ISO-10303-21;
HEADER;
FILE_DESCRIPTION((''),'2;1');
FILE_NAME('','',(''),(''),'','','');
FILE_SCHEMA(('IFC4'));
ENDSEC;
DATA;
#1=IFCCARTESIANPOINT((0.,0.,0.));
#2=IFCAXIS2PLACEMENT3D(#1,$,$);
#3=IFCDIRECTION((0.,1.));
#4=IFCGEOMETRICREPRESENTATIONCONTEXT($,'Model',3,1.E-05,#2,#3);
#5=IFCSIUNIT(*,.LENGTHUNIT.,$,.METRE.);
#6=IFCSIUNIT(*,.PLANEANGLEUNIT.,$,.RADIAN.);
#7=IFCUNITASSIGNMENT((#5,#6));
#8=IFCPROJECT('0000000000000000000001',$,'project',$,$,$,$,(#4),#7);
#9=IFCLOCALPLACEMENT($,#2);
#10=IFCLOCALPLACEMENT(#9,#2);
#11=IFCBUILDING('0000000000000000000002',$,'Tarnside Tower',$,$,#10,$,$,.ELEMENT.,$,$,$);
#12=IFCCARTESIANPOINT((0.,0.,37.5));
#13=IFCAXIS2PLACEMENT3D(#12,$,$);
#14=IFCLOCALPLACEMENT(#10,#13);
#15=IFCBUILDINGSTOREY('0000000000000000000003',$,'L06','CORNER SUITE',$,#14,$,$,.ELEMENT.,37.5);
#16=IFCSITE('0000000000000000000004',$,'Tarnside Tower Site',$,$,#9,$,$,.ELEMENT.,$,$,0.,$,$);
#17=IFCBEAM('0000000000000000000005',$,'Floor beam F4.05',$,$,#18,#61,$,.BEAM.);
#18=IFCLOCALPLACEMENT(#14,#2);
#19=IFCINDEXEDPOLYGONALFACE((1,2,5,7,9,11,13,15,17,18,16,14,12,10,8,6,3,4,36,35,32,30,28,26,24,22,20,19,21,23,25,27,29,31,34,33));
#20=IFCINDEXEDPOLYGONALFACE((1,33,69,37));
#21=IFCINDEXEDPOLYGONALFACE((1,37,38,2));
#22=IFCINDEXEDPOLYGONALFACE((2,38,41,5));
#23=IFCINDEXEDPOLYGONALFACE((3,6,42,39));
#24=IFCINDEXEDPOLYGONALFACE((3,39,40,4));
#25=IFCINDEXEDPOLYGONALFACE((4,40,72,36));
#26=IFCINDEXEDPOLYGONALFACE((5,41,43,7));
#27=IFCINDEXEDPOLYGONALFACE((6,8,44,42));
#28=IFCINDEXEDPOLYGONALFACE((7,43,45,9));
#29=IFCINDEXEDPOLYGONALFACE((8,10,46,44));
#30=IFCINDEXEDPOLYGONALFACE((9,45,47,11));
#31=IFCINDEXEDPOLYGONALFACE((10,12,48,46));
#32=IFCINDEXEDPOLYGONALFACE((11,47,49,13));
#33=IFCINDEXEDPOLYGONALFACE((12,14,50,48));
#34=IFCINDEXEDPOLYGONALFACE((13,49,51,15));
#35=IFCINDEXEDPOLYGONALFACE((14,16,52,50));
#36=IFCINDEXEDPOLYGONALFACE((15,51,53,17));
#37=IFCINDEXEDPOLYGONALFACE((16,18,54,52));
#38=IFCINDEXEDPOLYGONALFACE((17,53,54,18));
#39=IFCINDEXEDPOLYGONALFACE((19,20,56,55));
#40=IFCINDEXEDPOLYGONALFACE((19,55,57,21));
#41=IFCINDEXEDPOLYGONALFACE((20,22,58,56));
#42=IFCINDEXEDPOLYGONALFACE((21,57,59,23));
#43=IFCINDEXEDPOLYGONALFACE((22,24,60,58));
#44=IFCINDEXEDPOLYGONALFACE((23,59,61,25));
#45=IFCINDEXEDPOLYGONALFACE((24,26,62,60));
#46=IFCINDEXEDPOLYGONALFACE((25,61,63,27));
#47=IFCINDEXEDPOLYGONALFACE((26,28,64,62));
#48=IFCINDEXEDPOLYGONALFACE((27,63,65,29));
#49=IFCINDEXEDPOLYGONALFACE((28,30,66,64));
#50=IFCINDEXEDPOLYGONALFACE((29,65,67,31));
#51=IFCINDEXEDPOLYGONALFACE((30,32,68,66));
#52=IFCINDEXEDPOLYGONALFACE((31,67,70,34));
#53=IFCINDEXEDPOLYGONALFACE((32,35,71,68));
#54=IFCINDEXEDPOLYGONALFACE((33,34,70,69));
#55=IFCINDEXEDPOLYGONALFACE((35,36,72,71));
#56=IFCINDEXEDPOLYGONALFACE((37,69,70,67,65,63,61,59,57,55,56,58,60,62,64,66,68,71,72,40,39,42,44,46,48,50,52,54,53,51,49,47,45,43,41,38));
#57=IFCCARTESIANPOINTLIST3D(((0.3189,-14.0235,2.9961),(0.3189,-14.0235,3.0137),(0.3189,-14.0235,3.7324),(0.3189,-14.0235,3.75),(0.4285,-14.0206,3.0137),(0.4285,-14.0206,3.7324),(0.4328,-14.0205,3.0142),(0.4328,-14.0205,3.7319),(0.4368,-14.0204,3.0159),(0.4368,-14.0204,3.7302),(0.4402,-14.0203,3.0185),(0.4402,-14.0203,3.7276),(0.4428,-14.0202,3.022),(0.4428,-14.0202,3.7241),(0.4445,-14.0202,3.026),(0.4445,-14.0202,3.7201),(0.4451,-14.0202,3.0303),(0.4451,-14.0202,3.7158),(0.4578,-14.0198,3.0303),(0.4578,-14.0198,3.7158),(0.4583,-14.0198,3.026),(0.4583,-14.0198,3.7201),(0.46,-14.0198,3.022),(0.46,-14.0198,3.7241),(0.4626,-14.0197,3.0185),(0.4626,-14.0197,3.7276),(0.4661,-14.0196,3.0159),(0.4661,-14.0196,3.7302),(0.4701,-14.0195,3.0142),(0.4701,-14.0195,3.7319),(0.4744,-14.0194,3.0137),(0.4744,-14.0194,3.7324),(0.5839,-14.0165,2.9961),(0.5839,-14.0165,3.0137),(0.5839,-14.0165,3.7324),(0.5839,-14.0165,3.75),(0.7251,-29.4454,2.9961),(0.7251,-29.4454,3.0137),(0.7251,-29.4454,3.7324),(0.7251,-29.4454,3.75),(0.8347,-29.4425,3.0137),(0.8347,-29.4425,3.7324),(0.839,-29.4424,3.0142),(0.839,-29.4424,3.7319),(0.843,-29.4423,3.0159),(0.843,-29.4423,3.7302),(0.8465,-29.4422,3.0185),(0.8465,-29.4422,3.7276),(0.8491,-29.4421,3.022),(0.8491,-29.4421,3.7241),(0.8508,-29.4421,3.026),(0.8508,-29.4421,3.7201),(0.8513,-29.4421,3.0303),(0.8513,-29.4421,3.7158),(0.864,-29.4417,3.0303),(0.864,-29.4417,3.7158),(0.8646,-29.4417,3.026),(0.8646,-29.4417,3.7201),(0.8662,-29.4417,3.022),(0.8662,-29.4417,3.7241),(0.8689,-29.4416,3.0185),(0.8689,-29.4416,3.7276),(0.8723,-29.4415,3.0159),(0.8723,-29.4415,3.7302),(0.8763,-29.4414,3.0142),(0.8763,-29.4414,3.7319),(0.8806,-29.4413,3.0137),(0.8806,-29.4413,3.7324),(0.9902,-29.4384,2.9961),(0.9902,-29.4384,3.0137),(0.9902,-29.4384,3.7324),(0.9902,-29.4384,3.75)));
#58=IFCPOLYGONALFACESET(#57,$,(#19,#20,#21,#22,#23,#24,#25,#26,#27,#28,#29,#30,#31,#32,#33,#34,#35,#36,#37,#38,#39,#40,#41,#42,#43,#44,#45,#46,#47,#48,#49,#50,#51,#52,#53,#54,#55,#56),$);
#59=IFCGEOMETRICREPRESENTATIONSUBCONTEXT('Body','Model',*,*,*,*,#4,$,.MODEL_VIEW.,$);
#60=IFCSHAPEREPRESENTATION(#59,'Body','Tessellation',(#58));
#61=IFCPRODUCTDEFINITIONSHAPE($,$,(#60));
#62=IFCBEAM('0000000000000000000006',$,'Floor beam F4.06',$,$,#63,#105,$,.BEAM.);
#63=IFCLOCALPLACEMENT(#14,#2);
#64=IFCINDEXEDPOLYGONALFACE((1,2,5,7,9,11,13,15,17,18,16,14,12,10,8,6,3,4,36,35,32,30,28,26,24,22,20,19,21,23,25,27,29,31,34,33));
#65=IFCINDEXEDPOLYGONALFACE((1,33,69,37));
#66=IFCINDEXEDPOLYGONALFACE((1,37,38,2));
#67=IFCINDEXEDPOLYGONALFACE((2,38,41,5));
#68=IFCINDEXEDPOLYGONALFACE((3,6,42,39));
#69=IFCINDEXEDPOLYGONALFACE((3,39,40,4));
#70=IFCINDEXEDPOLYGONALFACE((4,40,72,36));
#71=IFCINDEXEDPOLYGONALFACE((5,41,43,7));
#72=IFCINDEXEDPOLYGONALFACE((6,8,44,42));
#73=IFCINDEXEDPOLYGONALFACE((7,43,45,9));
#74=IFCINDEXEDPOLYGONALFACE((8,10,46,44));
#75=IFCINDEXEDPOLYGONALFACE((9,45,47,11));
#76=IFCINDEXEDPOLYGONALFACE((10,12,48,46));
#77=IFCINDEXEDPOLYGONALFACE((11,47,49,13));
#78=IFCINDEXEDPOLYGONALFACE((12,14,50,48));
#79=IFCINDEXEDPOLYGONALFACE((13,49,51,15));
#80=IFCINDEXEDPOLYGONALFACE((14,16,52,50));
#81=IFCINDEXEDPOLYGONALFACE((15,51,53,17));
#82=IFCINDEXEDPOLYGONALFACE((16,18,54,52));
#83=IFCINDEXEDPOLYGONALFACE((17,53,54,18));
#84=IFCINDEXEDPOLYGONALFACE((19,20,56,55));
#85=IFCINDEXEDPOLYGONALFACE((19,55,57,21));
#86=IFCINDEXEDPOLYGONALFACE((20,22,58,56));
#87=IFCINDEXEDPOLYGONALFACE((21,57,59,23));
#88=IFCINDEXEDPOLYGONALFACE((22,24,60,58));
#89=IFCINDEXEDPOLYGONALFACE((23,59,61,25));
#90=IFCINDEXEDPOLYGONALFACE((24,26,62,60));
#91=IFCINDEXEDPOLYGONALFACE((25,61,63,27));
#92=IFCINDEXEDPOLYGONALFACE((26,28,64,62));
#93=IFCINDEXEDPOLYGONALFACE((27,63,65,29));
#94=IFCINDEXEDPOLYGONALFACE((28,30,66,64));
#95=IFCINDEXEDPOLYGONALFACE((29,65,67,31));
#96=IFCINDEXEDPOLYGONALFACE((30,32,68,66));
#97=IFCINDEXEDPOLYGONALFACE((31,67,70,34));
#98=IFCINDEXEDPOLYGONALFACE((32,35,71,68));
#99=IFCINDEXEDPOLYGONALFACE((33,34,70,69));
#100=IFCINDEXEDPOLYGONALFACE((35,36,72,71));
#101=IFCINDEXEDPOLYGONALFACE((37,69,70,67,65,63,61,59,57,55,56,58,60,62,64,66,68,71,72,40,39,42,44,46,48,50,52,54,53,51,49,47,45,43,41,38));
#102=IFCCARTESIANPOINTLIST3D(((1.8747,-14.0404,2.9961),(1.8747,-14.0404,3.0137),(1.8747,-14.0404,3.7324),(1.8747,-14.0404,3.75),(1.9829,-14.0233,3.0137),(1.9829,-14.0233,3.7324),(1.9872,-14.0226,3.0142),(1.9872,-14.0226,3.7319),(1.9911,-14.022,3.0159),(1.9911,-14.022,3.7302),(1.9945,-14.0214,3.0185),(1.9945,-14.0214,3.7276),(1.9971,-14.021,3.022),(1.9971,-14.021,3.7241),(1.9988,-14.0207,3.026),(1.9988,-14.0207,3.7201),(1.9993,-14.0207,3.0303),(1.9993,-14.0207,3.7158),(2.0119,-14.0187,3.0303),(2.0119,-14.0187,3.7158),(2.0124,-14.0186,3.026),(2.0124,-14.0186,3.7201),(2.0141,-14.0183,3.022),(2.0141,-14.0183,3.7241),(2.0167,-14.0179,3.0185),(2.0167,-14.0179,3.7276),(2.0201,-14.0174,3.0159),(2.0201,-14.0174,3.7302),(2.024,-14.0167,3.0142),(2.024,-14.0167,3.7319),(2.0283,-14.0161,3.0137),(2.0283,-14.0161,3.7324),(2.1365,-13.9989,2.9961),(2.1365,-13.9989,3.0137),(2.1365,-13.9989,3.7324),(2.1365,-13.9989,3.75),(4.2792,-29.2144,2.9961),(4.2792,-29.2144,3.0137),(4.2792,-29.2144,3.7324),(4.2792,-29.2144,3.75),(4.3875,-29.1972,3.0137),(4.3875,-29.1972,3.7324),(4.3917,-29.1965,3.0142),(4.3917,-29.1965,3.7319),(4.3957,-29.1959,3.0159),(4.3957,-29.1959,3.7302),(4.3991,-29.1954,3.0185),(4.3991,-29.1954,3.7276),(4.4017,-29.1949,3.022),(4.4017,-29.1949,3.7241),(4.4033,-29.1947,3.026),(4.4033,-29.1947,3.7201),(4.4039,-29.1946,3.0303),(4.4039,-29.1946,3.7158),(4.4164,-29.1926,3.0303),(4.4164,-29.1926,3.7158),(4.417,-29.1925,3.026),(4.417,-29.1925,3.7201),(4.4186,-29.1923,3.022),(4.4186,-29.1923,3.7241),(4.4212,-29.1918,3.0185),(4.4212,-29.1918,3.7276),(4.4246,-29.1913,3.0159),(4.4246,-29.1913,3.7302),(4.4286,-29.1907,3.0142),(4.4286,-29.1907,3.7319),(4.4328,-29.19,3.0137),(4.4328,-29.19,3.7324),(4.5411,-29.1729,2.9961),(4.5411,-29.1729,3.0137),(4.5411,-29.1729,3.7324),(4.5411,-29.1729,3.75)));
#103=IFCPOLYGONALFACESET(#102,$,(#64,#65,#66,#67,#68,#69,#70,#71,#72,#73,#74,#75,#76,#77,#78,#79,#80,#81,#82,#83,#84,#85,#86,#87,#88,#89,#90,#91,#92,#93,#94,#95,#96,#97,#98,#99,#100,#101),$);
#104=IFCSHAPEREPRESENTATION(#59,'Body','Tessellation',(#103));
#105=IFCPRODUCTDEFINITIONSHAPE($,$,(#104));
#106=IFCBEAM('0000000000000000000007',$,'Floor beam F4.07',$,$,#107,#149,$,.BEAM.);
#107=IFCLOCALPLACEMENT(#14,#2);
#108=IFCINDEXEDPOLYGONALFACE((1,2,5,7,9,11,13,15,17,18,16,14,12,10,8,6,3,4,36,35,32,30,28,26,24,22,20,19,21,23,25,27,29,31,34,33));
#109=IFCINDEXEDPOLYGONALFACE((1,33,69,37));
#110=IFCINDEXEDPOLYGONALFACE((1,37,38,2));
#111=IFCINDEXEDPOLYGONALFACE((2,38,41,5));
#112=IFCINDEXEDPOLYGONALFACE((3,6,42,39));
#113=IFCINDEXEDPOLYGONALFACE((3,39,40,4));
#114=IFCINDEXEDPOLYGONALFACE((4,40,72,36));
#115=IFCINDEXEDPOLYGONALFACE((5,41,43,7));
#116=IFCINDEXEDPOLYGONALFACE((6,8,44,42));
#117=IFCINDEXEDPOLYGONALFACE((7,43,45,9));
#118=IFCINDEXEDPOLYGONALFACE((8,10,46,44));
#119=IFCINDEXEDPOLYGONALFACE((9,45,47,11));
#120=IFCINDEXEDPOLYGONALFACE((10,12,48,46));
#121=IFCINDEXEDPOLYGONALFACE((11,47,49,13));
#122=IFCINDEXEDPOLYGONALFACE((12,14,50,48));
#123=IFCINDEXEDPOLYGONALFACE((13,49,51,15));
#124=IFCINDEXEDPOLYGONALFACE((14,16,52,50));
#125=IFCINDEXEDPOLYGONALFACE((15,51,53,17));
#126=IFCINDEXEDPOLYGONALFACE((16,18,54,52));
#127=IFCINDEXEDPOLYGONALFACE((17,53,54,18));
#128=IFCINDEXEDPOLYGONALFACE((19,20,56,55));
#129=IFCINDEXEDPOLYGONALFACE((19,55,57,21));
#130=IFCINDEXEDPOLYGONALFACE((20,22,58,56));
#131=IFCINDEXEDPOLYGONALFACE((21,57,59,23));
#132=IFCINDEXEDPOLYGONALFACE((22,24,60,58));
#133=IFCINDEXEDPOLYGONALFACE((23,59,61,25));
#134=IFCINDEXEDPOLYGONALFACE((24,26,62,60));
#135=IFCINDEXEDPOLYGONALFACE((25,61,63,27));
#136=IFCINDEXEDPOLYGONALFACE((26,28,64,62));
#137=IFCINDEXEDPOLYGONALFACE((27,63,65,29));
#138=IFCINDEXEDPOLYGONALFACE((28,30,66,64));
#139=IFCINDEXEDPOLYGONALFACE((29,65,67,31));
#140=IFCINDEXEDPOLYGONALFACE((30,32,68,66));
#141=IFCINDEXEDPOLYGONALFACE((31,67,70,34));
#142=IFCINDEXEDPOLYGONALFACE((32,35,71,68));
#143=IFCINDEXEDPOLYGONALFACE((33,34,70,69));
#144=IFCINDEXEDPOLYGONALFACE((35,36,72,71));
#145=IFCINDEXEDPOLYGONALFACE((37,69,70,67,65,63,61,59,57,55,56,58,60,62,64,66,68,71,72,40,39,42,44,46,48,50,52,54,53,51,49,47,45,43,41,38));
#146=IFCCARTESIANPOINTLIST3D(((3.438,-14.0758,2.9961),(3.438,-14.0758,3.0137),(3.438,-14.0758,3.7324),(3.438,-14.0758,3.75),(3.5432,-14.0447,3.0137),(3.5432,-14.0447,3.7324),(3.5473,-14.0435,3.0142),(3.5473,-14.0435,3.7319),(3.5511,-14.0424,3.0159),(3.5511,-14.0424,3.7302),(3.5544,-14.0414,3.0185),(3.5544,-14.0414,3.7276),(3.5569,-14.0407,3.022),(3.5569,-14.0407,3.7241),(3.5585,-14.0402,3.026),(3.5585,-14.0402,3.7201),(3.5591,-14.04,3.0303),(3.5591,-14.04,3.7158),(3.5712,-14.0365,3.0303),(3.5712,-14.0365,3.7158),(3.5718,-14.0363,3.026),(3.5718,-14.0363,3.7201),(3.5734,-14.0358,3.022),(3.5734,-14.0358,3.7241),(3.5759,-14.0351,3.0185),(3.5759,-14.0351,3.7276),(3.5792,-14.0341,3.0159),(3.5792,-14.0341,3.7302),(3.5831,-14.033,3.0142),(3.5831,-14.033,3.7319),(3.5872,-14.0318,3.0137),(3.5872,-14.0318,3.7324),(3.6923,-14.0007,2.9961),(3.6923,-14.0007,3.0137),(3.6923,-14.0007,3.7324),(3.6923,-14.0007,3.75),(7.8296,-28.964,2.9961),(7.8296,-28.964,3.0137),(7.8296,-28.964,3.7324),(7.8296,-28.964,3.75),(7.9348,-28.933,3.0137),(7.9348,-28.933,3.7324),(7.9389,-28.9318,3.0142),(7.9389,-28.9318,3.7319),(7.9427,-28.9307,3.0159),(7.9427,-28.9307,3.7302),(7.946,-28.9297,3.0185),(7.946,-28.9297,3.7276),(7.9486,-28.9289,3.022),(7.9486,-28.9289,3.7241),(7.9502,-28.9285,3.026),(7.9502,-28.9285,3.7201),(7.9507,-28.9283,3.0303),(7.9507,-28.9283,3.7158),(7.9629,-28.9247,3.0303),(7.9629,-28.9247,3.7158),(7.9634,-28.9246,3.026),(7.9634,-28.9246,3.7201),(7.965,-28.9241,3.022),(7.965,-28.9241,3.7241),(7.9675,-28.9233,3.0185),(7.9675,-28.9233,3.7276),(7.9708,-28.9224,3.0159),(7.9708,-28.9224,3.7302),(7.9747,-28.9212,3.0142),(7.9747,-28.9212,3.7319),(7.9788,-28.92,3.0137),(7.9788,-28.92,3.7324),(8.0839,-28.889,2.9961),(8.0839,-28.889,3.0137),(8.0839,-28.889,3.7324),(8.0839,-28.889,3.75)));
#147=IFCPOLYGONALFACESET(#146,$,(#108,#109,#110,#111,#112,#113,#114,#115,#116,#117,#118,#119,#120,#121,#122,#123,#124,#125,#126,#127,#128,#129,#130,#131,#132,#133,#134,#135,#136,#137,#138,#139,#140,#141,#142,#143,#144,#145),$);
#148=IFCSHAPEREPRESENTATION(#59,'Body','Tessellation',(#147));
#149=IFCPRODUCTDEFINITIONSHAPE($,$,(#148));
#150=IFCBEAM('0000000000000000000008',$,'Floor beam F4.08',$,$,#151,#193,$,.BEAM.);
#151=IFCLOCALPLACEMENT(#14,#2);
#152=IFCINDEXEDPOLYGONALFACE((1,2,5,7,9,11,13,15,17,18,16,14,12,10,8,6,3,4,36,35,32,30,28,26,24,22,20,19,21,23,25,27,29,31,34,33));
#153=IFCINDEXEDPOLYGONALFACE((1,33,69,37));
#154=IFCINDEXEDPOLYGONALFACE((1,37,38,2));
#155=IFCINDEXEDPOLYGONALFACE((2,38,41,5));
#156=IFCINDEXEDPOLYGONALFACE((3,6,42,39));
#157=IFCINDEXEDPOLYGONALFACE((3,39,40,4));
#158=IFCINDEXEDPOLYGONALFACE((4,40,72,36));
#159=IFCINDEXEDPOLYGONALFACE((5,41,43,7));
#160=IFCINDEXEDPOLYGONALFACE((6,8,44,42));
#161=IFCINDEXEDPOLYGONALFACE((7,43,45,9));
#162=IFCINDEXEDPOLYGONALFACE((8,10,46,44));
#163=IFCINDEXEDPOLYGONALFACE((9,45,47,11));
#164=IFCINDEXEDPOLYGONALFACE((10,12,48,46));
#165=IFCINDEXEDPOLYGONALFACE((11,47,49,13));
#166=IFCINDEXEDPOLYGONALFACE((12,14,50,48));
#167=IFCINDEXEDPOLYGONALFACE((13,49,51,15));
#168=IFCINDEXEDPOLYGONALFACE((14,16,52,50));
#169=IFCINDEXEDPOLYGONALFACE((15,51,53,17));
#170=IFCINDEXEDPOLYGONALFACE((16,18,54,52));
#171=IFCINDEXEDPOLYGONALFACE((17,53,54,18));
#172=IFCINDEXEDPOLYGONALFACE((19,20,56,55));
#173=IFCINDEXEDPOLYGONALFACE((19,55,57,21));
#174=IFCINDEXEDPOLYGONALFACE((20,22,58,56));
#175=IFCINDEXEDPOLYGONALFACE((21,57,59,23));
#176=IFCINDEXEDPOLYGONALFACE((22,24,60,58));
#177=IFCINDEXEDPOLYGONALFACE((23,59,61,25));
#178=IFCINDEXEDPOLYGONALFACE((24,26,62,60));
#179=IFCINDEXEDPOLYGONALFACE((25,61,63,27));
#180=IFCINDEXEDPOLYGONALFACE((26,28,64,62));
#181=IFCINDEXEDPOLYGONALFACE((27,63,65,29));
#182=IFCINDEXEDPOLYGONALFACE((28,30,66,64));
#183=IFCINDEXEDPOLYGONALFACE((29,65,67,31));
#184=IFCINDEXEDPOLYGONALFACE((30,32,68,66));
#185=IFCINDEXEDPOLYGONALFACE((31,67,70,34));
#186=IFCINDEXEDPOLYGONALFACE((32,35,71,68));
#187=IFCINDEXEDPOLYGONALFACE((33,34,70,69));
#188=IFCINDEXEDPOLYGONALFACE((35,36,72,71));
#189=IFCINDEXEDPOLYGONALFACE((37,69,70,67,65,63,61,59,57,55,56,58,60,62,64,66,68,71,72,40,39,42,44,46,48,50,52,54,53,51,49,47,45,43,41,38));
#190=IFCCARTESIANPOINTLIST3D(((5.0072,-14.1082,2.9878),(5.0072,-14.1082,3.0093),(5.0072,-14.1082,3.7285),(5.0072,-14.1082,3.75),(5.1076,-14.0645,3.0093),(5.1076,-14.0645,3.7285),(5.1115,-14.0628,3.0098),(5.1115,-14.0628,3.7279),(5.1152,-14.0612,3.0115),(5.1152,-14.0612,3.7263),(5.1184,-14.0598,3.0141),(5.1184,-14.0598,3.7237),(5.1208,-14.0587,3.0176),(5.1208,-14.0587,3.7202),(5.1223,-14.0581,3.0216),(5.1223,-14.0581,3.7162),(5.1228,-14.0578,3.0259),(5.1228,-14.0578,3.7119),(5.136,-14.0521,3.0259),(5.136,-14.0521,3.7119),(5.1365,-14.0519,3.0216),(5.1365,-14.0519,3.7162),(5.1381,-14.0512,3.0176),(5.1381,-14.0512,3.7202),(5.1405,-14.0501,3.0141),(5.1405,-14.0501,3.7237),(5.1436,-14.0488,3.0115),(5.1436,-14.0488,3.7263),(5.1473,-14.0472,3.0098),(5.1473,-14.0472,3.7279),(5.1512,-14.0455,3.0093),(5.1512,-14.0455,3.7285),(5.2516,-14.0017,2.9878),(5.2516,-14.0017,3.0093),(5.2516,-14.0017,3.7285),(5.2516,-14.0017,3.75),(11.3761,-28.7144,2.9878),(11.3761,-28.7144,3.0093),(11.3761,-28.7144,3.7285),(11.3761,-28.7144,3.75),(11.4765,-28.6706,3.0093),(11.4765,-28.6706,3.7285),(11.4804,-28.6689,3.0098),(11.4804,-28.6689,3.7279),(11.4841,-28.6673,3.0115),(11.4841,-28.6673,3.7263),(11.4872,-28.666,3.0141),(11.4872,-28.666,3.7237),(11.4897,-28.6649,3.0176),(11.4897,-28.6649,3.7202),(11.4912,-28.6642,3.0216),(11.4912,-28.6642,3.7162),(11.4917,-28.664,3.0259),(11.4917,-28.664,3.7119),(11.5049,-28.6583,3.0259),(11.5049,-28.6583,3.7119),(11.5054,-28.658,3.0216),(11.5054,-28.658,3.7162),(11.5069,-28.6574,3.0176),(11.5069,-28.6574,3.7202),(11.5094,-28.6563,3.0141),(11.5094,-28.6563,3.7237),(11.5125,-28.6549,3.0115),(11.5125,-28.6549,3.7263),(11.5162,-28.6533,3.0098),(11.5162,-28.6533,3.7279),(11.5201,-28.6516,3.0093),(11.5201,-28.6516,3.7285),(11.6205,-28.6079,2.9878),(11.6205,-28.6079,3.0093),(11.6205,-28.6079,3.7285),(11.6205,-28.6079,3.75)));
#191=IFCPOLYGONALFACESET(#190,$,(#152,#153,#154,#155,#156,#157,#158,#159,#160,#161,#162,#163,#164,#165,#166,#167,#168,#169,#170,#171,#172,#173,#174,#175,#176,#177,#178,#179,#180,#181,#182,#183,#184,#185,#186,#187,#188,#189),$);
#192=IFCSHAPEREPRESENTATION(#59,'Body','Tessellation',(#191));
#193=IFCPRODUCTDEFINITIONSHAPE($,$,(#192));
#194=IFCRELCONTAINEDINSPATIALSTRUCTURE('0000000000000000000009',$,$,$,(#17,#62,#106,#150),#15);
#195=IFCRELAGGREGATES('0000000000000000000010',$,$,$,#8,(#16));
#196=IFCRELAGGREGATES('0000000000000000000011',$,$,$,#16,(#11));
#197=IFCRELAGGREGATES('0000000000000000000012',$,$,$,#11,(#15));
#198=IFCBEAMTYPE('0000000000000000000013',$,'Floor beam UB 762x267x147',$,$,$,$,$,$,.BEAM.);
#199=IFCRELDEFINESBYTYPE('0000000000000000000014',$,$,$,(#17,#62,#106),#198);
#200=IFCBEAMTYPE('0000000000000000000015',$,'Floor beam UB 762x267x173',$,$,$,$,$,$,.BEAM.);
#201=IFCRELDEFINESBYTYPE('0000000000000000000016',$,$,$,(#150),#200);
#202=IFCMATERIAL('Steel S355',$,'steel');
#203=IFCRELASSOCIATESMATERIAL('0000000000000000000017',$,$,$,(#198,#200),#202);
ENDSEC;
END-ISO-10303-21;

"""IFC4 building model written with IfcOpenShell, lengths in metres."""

from ifc_helpers import new_model, si_unit, direction, frame, origin, origin_2d, place, context, subcontext, project, spatial, i_section, extrude, material, material_profile, profile_set, type_object, element, save


model = new_model("IFC4")

# Units and contexts
model_context = context("Model", 3, precision=1e-05, world=origin(), true_north=direction((0.0, 1.0)))
body_context = subcontext(model_context, "Body", "Model", "MODEL_VIEW")
ifc_project = project(units=[si_unit("LENGTHUNIT", "METRE"), si_unit("PLANEANGLEUNIT", "RADIAN")], contexts=[model_context])

# Site, building, storey
site_placement = place(None, origin())
site = spatial("IfcSite", under=ifc_project, at=site_placement, Name="Tarnside Tower Site", CompositionType="ELEMENT", RefElevation=0.0)
building_placement = place(site_placement, origin())
building = spatial("IfcBuilding", under=site, at=building_placement, Name="Tarnside Tower", CompositionType="ELEMENT")
storey_placement = place(building_placement, frame((0.0, 0.0, 37.5)))
storey = spatial("IfcBuildingStorey", under=building, at=storey_placement, Name="L06", Description="CORNER SUITE", CompositionType="ELEMENT", Elevation=37.5)

# Beams
ifc_material_1 = material(Name="Steel S355", Category="steel")
ifc_material_profile_1 = material_profile(ifc_material_1, i_section(OverallWidth=0.2651, OverallDepth=0.7539, WebThickness=0.0127, FlangeThickness=0.0176, FilletRadius=0.0166, at=origin_2d()), Name="UB 762x267x147")
ifc_profile_set_1 = profile_set([ifc_material_profile_1], Name="Steel S355")
beam_type_1 = type_object("IfcBeamType", Name="Floor beam UB 762x267x147", PredefinedType="BEAM", material=ifc_profile_set_1)
beam_1_placement = place(storey_placement, frame((0.8577, -29.4419, 3.373), z_axis=(-0.026333, 0.999653, 0.0), x_axis=(-0.999653, -0.026333, 0.0)))
element("IfcBeam", 1, at=beam_1_placement, inside=storey, type_object=beam_type_1, Name="Floor beam F4.05", PredefinedType="BEAM", context=body_context, shape_type="SweptSolid", body=[
    extrude(i_section(OverallWidth=0.2651, OverallDepth=0.7539, WebThickness=0.0127, FlangeThickness=0.0176, FilletRadius=0.0166, at=origin_2d()), origin(), (0.0, 0.0, 1.0), 15.4272),
])
beam_2_placement = place(storey_placement, frame((4.4102, -29.1936, 3.373), z_axis=(-0.156513, 0.987676, 0.0), x_axis=(-0.987676, -0.156513, 0.0)))
element("IfcBeam", 2, at=beam_2_placement, inside=storey, type_object=beam_type_1, Name="Floor beam F4.06", PredefinedType="BEAM", context=body_context, shape_type="SweptSolid", body=[
    extrude(i_section(OverallWidth=0.2651, OverallDepth=0.7539, WebThickness=0.0127, FlangeThickness=0.0176, FilletRadius=0.0166, at=origin_2d()), origin(), (0.0, 0.0, 1.0), 15.3633),
])
beam_3_placement = place(storey_placement, frame((7.9568, -28.9265, 3.373), z_axis=(-0.282921, 0.959143, 0.0), x_axis=(-0.959143, -0.282921, 0.0)))
element("IfcBeam", 3, at=beam_3_placement, inside=storey, type_object=beam_type_1, Name="Floor beam F4.07", PredefinedType="BEAM", context=body_context, shape_type="SweptSolid", body=[
    extrude(i_section(OverallWidth=0.2651, OverallDepth=0.7539, WebThickness=0.0127, FlangeThickness=0.0176, FilletRadius=0.0166, at=origin_2d()), origin(), (0.0, 0.0, 1.0), 15.5225),
])
ifc_material_profile_2 = material_profile(ifc_material_1, i_section(OverallWidth=0.2666, OverallDepth=0.7622, WebThickness=0.0144, FlangeThickness=0.0215, FilletRadius=0.0166, at=origin_2d()), Name="UB 762x267x173")
ifc_profile_set_2 = profile_set([ifc_material_profile_2], Name="Steel S355")
beam_type_2 = type_object("IfcBeamType", Name="Floor beam UB 762x267x173", PredefinedType="BEAM", material=ifc_profile_set_2)
beam_4_placement = place(storey_placement, frame((11.4983, -28.6611, 3.3689), z_axis=(-0.399696, 0.916648, 0.0), x_axis=(-0.916648, -0.399696, 0.0)))
element("IfcBeam", 4, at=beam_4_placement, inside=storey, type_object=beam_type_2, Name="Floor beam F4.08", PredefinedType="BEAM", context=body_context, shape_type="SweptSolid", body=[
    extrude(i_section(OverallWidth=0.2666, OverallDepth=0.7622, WebThickness=0.0144, FlangeThickness=0.0215, FilletRadius=0.0166, at=origin_2d()), origin(), (0.0, 0.0, 1.0), 15.9343),
])

save(model, "model.ifc")
